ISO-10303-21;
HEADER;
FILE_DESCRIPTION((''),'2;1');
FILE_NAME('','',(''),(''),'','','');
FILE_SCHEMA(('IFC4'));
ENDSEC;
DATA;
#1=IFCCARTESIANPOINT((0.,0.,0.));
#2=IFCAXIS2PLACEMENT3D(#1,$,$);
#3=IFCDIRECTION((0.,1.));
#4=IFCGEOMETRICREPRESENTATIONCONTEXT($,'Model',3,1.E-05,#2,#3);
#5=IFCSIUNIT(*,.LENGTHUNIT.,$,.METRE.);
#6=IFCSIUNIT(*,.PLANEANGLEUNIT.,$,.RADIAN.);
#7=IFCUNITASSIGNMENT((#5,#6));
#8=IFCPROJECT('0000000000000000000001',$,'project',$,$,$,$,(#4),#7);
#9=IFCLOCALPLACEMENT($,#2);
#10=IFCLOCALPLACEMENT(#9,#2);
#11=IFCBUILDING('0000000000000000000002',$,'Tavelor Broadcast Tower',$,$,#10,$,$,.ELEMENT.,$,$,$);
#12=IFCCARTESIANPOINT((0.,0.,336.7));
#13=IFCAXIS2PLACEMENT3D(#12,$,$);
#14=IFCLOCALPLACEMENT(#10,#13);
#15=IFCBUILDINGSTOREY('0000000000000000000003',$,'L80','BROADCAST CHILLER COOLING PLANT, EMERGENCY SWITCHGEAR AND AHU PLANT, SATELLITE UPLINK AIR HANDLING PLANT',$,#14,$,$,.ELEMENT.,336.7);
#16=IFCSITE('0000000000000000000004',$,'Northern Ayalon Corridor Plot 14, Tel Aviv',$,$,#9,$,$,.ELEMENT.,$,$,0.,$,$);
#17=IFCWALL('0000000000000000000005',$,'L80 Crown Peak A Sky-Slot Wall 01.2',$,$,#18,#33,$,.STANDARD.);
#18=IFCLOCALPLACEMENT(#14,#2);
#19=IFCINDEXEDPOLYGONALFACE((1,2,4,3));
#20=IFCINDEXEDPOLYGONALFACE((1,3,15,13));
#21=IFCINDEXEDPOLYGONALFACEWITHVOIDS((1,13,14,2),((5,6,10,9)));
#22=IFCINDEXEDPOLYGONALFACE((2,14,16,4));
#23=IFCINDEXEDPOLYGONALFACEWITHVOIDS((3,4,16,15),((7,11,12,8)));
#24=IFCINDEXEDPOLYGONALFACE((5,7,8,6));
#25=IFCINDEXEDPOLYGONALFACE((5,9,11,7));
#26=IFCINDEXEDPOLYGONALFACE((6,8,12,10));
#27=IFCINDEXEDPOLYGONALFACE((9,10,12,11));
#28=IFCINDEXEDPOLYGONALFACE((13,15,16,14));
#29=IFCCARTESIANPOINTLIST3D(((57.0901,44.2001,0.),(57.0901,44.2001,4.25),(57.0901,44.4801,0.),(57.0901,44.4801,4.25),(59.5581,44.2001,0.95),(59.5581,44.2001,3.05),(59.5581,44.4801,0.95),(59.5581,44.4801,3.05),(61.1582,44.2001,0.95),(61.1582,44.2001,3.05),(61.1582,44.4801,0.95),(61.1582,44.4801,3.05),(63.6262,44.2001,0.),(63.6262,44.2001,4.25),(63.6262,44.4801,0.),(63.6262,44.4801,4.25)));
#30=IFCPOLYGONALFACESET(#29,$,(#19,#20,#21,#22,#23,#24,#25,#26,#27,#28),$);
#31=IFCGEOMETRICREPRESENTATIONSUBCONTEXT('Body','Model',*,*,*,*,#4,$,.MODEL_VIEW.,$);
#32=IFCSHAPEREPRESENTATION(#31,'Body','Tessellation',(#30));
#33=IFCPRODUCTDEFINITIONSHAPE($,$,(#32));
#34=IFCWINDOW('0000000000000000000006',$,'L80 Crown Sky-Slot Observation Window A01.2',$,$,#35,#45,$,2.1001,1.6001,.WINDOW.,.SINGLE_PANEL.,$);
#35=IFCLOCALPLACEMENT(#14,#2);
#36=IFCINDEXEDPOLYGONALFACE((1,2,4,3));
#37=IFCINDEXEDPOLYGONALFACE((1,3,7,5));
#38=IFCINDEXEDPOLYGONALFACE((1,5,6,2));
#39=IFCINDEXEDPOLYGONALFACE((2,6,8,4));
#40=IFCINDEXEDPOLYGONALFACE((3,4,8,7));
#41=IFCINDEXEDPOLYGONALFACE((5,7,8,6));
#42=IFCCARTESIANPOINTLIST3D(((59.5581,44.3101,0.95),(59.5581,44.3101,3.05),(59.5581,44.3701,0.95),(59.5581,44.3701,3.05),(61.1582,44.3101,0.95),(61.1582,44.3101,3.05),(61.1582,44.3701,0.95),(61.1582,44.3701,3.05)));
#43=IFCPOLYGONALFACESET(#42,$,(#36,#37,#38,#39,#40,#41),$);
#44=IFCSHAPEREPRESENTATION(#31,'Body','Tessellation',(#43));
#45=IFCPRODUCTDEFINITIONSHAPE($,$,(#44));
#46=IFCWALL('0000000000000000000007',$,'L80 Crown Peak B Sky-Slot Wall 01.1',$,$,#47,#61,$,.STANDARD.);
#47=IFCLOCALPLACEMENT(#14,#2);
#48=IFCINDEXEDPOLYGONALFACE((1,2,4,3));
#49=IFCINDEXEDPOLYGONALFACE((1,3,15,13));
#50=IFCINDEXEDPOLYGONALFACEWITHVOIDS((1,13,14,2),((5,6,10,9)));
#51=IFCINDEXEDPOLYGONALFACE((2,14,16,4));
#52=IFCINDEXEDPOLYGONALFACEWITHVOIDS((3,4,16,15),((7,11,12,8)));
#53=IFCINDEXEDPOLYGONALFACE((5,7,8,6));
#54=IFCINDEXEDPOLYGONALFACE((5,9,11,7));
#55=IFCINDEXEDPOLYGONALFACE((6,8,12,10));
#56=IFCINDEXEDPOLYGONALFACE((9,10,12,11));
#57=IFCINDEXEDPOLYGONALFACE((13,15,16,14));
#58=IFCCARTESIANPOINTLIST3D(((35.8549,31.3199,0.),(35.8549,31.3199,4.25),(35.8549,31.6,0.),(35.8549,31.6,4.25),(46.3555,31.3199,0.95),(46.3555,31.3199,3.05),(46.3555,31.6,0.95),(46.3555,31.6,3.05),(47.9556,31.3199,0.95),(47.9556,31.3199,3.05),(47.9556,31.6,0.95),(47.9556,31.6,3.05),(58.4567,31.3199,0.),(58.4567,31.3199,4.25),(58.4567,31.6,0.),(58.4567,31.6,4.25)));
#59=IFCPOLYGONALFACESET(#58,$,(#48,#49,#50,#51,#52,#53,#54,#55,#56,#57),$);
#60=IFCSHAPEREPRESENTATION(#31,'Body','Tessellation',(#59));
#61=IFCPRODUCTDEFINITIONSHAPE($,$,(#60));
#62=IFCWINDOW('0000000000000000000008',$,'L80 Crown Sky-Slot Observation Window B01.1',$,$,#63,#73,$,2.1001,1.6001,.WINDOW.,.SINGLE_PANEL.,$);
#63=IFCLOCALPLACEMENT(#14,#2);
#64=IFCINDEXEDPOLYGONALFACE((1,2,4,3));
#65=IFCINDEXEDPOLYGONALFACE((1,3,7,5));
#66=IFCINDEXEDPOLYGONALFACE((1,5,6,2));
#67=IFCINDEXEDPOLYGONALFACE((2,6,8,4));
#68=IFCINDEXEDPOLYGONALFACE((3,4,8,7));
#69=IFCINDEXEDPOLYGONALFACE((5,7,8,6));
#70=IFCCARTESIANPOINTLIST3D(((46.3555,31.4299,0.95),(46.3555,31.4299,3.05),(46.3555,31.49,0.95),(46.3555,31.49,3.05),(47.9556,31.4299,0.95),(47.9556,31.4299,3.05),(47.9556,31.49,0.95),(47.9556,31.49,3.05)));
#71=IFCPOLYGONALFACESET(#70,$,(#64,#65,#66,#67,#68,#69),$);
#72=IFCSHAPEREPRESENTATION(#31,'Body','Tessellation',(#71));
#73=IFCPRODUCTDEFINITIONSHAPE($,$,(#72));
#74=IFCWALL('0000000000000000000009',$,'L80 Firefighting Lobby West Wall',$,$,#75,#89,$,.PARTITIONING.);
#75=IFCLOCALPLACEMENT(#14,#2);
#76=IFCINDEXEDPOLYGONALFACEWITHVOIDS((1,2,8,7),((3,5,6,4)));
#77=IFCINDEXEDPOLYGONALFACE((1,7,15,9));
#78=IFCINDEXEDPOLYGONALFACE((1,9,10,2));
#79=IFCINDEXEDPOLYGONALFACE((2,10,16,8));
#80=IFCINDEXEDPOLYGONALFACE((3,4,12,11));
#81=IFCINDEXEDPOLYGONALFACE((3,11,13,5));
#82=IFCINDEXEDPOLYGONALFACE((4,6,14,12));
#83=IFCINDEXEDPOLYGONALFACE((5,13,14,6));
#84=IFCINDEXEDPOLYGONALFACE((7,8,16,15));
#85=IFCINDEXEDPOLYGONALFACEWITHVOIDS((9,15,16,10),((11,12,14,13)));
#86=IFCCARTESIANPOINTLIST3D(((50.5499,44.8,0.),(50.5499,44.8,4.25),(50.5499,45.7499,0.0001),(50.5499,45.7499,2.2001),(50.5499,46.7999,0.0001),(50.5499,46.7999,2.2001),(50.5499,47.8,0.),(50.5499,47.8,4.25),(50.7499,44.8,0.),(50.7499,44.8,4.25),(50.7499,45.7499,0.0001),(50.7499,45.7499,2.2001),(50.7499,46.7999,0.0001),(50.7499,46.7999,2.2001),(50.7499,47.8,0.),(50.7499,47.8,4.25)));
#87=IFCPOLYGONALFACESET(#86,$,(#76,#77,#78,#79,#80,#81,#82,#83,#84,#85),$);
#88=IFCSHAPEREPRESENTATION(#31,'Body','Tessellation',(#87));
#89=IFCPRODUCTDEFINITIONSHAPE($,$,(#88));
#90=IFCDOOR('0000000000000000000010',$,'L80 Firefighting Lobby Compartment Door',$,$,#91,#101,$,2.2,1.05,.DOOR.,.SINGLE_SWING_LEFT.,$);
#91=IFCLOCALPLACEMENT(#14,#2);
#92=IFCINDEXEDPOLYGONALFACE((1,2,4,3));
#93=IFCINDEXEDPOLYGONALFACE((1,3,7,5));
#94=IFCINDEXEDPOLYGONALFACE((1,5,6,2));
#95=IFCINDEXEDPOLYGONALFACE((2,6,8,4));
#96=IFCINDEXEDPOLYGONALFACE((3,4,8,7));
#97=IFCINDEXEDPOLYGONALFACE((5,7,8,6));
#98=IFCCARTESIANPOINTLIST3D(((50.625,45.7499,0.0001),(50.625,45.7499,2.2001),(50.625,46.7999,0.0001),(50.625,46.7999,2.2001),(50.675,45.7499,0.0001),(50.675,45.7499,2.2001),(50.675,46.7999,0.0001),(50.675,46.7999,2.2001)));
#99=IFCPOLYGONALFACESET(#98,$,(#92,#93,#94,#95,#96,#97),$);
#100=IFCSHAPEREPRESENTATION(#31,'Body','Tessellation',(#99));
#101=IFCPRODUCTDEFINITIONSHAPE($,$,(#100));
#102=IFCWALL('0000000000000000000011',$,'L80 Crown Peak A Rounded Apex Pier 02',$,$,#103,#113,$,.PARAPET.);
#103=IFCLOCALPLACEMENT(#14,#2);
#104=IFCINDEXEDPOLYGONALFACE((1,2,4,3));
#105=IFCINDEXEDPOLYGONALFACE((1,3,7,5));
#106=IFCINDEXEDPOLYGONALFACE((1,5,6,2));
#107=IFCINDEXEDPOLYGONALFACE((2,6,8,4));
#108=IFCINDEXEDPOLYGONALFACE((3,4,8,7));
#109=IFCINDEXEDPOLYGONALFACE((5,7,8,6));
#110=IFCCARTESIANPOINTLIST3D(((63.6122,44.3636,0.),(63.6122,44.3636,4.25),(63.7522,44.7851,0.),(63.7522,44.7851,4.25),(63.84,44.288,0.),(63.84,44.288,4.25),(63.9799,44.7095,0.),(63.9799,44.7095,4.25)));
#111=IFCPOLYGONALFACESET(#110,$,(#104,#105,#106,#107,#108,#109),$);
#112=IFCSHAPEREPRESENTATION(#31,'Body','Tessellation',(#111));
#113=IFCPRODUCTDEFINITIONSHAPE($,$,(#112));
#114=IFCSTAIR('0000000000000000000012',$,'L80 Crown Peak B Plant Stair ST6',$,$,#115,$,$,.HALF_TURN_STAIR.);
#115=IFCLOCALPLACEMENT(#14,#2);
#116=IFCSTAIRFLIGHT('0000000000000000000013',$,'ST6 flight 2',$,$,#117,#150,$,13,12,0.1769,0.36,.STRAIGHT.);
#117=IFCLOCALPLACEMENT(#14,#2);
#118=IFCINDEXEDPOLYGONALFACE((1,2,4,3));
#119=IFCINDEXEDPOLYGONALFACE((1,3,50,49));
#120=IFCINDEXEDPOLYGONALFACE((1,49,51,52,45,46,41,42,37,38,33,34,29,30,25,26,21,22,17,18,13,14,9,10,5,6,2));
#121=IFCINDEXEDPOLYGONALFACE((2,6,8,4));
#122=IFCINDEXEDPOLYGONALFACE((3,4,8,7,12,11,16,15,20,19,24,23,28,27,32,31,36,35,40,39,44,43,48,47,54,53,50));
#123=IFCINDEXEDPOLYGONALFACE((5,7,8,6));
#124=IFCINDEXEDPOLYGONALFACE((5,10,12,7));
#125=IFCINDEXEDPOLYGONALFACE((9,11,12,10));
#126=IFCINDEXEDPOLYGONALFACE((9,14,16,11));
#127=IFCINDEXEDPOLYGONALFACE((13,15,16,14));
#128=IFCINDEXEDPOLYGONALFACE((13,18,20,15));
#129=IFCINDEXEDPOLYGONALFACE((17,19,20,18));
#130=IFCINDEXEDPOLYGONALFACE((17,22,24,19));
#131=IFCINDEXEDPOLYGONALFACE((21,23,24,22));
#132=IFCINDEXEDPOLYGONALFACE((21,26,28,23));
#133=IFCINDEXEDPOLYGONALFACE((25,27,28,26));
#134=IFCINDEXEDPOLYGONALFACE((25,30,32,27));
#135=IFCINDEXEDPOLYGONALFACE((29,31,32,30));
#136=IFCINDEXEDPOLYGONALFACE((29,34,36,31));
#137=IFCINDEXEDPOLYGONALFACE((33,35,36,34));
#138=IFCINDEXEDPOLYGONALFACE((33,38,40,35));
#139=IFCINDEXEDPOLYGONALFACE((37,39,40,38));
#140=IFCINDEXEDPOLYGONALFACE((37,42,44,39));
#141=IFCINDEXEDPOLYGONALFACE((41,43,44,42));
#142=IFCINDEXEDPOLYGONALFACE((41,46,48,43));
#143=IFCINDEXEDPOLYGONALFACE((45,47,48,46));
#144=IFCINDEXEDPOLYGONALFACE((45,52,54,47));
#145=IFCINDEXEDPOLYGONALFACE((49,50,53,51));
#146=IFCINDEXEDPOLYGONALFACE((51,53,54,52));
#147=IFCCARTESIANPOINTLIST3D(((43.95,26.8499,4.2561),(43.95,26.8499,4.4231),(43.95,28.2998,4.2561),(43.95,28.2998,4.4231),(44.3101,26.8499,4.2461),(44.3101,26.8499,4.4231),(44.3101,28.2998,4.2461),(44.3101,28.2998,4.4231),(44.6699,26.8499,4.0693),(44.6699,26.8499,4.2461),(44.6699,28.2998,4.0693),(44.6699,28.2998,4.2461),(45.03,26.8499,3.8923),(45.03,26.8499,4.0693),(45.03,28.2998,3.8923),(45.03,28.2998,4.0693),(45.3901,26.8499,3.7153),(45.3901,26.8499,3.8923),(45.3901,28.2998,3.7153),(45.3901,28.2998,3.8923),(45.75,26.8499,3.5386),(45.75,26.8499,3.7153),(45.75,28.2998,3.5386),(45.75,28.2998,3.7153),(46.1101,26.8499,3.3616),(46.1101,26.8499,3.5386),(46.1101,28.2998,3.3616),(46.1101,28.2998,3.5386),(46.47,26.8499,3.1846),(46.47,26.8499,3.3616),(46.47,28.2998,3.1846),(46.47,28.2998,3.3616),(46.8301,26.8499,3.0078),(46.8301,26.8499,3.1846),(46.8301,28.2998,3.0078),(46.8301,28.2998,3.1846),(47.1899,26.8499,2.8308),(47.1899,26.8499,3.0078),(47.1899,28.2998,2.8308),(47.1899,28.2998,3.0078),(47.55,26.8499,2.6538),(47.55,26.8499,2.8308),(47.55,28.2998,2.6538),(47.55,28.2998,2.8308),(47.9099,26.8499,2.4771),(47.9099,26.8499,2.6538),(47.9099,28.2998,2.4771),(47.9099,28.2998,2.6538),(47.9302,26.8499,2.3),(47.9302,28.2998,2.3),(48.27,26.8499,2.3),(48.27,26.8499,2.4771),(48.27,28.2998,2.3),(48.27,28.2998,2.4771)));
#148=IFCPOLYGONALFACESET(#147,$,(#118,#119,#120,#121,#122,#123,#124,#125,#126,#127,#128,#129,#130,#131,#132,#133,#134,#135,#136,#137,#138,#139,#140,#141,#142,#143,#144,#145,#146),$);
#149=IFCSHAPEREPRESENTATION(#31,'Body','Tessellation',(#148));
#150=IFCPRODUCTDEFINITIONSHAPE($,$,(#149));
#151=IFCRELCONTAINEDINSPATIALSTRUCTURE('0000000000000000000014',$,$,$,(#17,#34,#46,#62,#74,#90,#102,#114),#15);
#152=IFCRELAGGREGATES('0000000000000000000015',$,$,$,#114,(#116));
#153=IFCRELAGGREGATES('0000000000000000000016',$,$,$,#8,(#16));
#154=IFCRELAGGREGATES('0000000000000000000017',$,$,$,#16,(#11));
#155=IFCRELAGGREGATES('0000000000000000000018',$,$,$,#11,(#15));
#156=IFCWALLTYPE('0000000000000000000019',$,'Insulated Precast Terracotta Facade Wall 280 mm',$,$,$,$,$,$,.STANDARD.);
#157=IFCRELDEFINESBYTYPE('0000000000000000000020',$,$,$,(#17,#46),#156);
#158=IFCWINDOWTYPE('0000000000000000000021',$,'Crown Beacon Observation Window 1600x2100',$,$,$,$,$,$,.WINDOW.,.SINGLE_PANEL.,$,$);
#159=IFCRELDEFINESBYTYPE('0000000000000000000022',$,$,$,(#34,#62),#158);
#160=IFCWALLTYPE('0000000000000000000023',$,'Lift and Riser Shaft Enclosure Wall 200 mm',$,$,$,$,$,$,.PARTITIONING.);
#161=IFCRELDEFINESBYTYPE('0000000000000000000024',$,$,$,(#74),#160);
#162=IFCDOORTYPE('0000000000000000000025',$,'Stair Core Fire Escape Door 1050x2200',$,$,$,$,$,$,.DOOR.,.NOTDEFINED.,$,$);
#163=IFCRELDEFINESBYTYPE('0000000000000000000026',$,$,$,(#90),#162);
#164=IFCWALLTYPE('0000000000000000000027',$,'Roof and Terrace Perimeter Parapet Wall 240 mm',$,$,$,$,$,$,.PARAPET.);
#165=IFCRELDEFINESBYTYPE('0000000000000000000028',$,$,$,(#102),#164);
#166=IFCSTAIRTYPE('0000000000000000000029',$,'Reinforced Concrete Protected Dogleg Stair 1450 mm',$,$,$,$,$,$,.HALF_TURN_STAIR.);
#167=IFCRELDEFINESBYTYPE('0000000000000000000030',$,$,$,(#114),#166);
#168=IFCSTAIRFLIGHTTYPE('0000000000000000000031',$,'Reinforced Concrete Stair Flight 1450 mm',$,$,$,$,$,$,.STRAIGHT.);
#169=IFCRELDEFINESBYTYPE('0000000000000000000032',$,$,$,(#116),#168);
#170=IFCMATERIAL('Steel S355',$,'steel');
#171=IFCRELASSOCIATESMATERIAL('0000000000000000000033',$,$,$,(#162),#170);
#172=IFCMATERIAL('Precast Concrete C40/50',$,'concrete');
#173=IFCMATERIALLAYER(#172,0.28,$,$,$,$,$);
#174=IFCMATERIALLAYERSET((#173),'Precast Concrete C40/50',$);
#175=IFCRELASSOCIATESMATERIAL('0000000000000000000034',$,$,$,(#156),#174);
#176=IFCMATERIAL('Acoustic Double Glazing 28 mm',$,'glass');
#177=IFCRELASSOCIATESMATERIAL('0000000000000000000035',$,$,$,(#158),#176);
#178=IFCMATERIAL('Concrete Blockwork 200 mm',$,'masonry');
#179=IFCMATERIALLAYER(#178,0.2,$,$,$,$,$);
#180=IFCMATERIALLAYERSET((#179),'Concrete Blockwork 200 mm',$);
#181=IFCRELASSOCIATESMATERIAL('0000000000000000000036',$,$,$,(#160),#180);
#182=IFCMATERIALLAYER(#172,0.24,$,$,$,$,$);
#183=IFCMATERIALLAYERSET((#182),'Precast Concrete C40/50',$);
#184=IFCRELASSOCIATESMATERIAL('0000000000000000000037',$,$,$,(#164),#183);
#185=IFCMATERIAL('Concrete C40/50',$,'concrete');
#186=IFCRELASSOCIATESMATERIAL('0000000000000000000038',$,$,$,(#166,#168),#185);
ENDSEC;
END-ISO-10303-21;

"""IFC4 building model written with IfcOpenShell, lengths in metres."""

from ifc_helpers import new_model, si_unit, direction, frame, frame_2d, origin, place, context, subcontext, project, spatial, polyline, rectangle, outline, extrude, material, layer, layer_set, type_object, element, fill, aggregate, save


model = new_model("IFC4")

# Units and contexts
model_context = context("Model", 3, precision=1e-05, world=origin(), true_north=direction((0.0, 1.0)))
body_context = subcontext(model_context, "Body", "Model", "MODEL_VIEW")
ifc_project = project(units=[si_unit("LENGTHUNIT", "METRE"), si_unit("PLANEANGLEUNIT", "RADIAN")], contexts=[model_context])

# Site, building, storey
site_placement = place(None, origin())
site = spatial("IfcSite", under=ifc_project, at=site_placement, Name="Northern Ayalon Corridor Plot 14, Tel Aviv", CompositionType="ELEMENT", RefElevation=0.0)
building_placement = place(site_placement, origin())
building = spatial("IfcBuilding", under=site, at=building_placement, Name="Tavelor Broadcast Tower", CompositionType="ELEMENT")
storey_placement = place(building_placement, frame((0.0, 0.0, 336.7)))
storey = spatial("IfcBuildingStorey", under=building, at=storey_placement, Name="L80", Description="BROADCAST CHILLER COOLING PLANT, EMERGENCY SWITCHGEAR AND AHU PLANT, SATELLITE UPLINK AIR HANDLING PLANT", CompositionType="ELEMENT", Elevation=336.7)

# Shared definitions
ifc_material_1 = material(Name="Steel S355", Category="steel")

# Shared definitions
door_type_1 = type_object("IfcDoorType", Name="Stair Core Fire Escape Door 1050x2200", OperationType="NOTDEFINED", PredefinedType="DOOR", material=ifc_material_1)

# Walls, openings, windows
ifc_material_2 = material(Name="Precast Concrete C40/50", Category="concrete")
ifc_layer_1 = layer(ifc_material_2, 0.28)
ifc_layer_set_1 = layer_set([ifc_layer_1], Name="Precast Concrete C40/50")
wall_type_1 = type_object("IfcWallType", Name="Insulated Precast Terracotta Facade Wall 280 mm", PredefinedType="STANDARD", material=ifc_layer_set_1)
wall_1_placement = place(storey_placement, frame((57.0901, 44.3401, 0.0), z_axis=(0.0, 0.0, 1.0), x_axis=(1.0, 0.0, 0.0)))
wall_1 = element("IfcWall", 1, at=wall_1_placement, inside=storey, type_object=wall_type_1, Name="L80 Crown Peak A Sky-Slot Wall 01.2", PredefinedType="STANDARD", context=body_context, shape_type="SweptSolid", body=[
    extrude(rectangle(XDim=6.5361, YDim=0.28, at=frame_2d((3.2681, 0.0))), origin(), (0.0, 0.0, 1.0), 4.25),
])
opening_1_placement = place(wall_1_placement, frame((2.468, 0.0, 0.95)))
opening_1 = element("IfcOpeningElement", 2, at=opening_1_placement, cuts=wall_1, PredefinedType="OPENING", context=body_context, shape_type="SweptSolid", body=[
    extrude(rectangle(XDim=1.6001, YDim=2.1001, at=frame_2d((0.8, 1.05))), frame((0.0, 0.1499, 0.0), z_axis=(0.0, -1.0, 0.0), x_axis=(1.0, 0.0, 0.0)), (0.0, 0.0, 1.0), 0.3),
])
ifc_material_3 = material(Name="Acoustic Double Glazing 28 mm", Category="glass")
window_type = type_object("IfcWindowType", Name="Crown Beacon Observation Window 1600x2100", PartitioningType="SINGLE_PANEL", PredefinedType="WINDOW", material=ifc_material_3)
window_1_placement = place(opening_1_placement, origin())
window_1 = element("IfcWindow", 3, at=window_1_placement, inside=storey, type_object=window_type, Name="L80 Crown Sky-Slot Observation Window A01.2", OverallHeight=2.1001, OverallWidth=1.6001, PartitioningType="SINGLE_PANEL", PredefinedType="WINDOW", context=body_context, shape_type="SweptSolid", body=[
    extrude(rectangle(XDim=1.6001, YDim=2.1001, at=frame_2d((0.8, 1.05))), frame((0.0, 0.03, 0.0), z_axis=(0.0, -1.0, 0.0), x_axis=(1.0, 0.0, 0.0)), (0.0, 0.0, 1.0), 0.0601),
])
fill(opening_1, window_1)
wall_2_placement = place(storey_placement, frame((58.4565, 31.46, 0.0), z_axis=(0.0, 0.0, 1.0), x_axis=(-1.0, 0.0, 0.0)))
wall_2 = element("IfcWall", 4, at=wall_2_placement, inside=storey, type_object=wall_type_1, Name="L80 Crown Peak B Sky-Slot Wall 01.1", PredefinedType="STANDARD", context=body_context, shape_type="SweptSolid", body=[
    extrude(rectangle(XDim=22.6018, YDim=0.28, at=frame_2d((11.3008, 0.0))), origin(), (0.0, 0.0, 1.0), 4.25),
])
opening_2_placement = place(wall_2_placement, frame((10.501, 0.0, 0.95)))
opening_2 = element("IfcOpeningElement", 5, at=opening_2_placement, cuts=wall_2, PredefinedType="OPENING", context=body_context, shape_type="SweptSolid", body=[
    extrude(rectangle(XDim=1.6001, YDim=2.1001, at=frame_2d((0.8, 1.05))), frame((0.0, 0.1499, 0.0), z_axis=(0.0, -1.0, 0.0), x_axis=(1.0, 0.0, 0.0)), (0.0, 0.0, 1.0), 0.3),
])
window_2_placement = place(opening_2_placement, origin())
window_2 = element("IfcWindow", 6, at=window_2_placement, inside=storey, type_object=window_type, Name="L80 Crown Sky-Slot Observation Window B01.1", OverallHeight=2.1001, OverallWidth=1.6001, PartitioningType="SINGLE_PANEL", PredefinedType="WINDOW", context=body_context, shape_type="SweptSolid", body=[
    extrude(rectangle(XDim=1.6001, YDim=2.1001, at=frame_2d((0.8, 1.05))), frame((0.0, 0.03, 0.0), z_axis=(0.0, -1.0, 0.0), x_axis=(1.0, 0.0, 0.0)), (0.0, 0.0, 1.0), 0.0601),
])
fill(opening_2, window_2)

# Wall, opening, door
ifc_material_4 = material(Name="Concrete Blockwork 200 mm", Category="masonry")
ifc_layer_2 = layer(ifc_material_4, 0.2)
ifc_layer_set_2 = layer_set([ifc_layer_2], Name="Concrete Blockwork 200 mm")
wall_type_2 = type_object("IfcWallType", Name="Lift and Riser Shaft Enclosure Wall 200 mm", PredefinedType="PARTITIONING", material=ifc_layer_set_2)
wall_3_placement = place(storey_placement, frame((50.6499, 44.8, 0.0), z_axis=(0.0, 0.0, 1.0), x_axis=(0.0, 1.0, 0.0)))
wall_3 = element("IfcWall", 7, at=wall_3_placement, inside=storey, type_object=wall_type_2, Name="L80 Firefighting Lobby West Wall", PredefinedType="PARTITIONING", context=body_context, shape_type="SweptSolid", body=[
    extrude(rectangle(XDim=3.0, YDim=0.2, at=frame_2d((1.5, 0.0))), origin(), (0.0, 0.0, 1.0), 4.25),
])
opening_3_placement = place(wall_3_placement, frame((0.95, 0.0, 0.0)))
opening_3 = element("IfcOpeningElement", 8, at=opening_3_placement, cuts=wall_3, PredefinedType="OPENING", context=body_context, shape_type="SweptSolid", body=[
    extrude(rectangle(XDim=1.05, YDim=2.2, at=frame_2d((0.5249, 1.1001))), frame((0.0, 0.1099, 0.0), z_axis=(0.0, -1.0, 0.0), x_axis=(1.0, 0.0, 0.0)), (0.0, 0.0, 1.0), 0.22),
])
door_1_placement = place(opening_3_placement, origin())
door_1 = element("IfcDoor", 9, at=door_1_placement, inside=storey, type_object=door_type_1, Name="L80 Firefighting Lobby Compartment Door", OperationType="SINGLE_SWING_LEFT", OverallHeight=2.2, OverallWidth=1.05, PredefinedType="DOOR", context=body_context, shape_type="SweptSolid", body=[
    extrude(rectangle(XDim=1.05, YDim=2.2, at=frame_2d((0.5249, 1.1001))), frame((0.0, 0.0249, 0.0), z_axis=(0.0, -1.0, 0.0), x_axis=(1.0, 0.0, 0.0)), (0.0, 0.0, 1.0), 0.05),
])
fill(opening_3, door_1)

# Wall
ifc_layer_3 = layer(ifc_material_2, 0.24)
ifc_layer_set_3 = layer_set([ifc_layer_3], Name="Precast Concrete C40/50")
wall_type_3 = type_object("IfcWallType", Name="Roof and Terrace Perimeter Parapet Wall 240 mm", PredefinedType="PARAPET", material=ifc_layer_set_3)
wall_4_placement = place(storey_placement, frame((63.7261, 44.3257, 0.0), z_axis=(0.0, 0.0, 1.0), x_axis=(0.315073, 0.949068, 0.0)))
element("IfcWall", 10, at=wall_4_placement, inside=storey, type_object=wall_type_3, Name="L80 Crown Peak A Rounded Apex Pier 02", PredefinedType="PARAPET", context=body_context, shape_type="SweptSolid", body=[
    extrude(rectangle(XDim=0.4441, YDim=0.24, at=frame_2d((0.2222, 0.0))), origin(), (0.0, 0.0, 1.0), 4.25),
])

# Stair, stair flight
ifc_material_5 = material(Name="Concrete C40/50", Category="concrete")
stair_type = type_object("IfcStairType", Name="Reinforced Concrete Protected Dogleg Stair 1450 mm", PredefinedType="HALF_TURN_STAIR", material=ifc_material_5)
stair_placement = place(storey_placement, origin())
stair = element("IfcStair", 11, at=stair_placement, inside=storey, type_object=stair_type, Name="L80 Crown Peak B Plant Stair ST6", PredefinedType="HALF_TURN_STAIR")
stair_flight_type = type_object("IfcStairFlightType", Name="Reinforced Concrete Stair Flight 1450 mm", PredefinedType="STRAIGHT", material=ifc_material_5)
stair_flight_placement = place(storey_placement, frame((48.27, 27.575, 2.3), z_axis=(0.0, 0.0, 1.0), x_axis=(-1.0, 0.0, 0.0)))
stair_flight = element("IfcStairFlight", 12, at=stair_flight_placement, type_object=stair_flight_type, Name="ST6 flight 2", NumberOfRisers=13, NumberOfTreads=12, PredefinedType="STRAIGHT", RiserHeight=0.1769, TreadLength=0.36, context=body_context, shape_type="SweptSolid", body=[
    extrude(outline(polyline([(0.0, 0.0), (0.0, 0.177), (0.3601, 0.177), (0.3601, 0.3538), (0.72, 0.3538), (0.72, 0.5308), (1.0801, 0.5308), (1.0801, 0.7078), (1.4399, 0.7078), (1.4399, 0.8845), (1.8, 0.8845), (1.8, 1.0615), (2.1599, 1.0615), (2.1599, 1.2385), (2.52, 1.2385), (2.52, 1.4153), (2.8799, 1.4153), (2.8799, 1.5923), (3.24, 1.5923), (3.24, 1.7693), (3.6001, 1.7693), (3.6001, 1.946), (3.96, 1.946), (3.96, 2.123), (4.3201, 2.123), (4.3201, 2.3), (4.3201, 1.9561), (0.3398, 0.0), (0.0, 0.0)])), frame((0.0, 0.7251, 0.0), z_axis=(0.0, -1.0, 0.0), x_axis=(1.0, 0.0, 0.0)), (0.0, 0.0, 1.0), 1.45),
])
aggregate(stair, [stair_flight])

save(model, "model.ifc")
